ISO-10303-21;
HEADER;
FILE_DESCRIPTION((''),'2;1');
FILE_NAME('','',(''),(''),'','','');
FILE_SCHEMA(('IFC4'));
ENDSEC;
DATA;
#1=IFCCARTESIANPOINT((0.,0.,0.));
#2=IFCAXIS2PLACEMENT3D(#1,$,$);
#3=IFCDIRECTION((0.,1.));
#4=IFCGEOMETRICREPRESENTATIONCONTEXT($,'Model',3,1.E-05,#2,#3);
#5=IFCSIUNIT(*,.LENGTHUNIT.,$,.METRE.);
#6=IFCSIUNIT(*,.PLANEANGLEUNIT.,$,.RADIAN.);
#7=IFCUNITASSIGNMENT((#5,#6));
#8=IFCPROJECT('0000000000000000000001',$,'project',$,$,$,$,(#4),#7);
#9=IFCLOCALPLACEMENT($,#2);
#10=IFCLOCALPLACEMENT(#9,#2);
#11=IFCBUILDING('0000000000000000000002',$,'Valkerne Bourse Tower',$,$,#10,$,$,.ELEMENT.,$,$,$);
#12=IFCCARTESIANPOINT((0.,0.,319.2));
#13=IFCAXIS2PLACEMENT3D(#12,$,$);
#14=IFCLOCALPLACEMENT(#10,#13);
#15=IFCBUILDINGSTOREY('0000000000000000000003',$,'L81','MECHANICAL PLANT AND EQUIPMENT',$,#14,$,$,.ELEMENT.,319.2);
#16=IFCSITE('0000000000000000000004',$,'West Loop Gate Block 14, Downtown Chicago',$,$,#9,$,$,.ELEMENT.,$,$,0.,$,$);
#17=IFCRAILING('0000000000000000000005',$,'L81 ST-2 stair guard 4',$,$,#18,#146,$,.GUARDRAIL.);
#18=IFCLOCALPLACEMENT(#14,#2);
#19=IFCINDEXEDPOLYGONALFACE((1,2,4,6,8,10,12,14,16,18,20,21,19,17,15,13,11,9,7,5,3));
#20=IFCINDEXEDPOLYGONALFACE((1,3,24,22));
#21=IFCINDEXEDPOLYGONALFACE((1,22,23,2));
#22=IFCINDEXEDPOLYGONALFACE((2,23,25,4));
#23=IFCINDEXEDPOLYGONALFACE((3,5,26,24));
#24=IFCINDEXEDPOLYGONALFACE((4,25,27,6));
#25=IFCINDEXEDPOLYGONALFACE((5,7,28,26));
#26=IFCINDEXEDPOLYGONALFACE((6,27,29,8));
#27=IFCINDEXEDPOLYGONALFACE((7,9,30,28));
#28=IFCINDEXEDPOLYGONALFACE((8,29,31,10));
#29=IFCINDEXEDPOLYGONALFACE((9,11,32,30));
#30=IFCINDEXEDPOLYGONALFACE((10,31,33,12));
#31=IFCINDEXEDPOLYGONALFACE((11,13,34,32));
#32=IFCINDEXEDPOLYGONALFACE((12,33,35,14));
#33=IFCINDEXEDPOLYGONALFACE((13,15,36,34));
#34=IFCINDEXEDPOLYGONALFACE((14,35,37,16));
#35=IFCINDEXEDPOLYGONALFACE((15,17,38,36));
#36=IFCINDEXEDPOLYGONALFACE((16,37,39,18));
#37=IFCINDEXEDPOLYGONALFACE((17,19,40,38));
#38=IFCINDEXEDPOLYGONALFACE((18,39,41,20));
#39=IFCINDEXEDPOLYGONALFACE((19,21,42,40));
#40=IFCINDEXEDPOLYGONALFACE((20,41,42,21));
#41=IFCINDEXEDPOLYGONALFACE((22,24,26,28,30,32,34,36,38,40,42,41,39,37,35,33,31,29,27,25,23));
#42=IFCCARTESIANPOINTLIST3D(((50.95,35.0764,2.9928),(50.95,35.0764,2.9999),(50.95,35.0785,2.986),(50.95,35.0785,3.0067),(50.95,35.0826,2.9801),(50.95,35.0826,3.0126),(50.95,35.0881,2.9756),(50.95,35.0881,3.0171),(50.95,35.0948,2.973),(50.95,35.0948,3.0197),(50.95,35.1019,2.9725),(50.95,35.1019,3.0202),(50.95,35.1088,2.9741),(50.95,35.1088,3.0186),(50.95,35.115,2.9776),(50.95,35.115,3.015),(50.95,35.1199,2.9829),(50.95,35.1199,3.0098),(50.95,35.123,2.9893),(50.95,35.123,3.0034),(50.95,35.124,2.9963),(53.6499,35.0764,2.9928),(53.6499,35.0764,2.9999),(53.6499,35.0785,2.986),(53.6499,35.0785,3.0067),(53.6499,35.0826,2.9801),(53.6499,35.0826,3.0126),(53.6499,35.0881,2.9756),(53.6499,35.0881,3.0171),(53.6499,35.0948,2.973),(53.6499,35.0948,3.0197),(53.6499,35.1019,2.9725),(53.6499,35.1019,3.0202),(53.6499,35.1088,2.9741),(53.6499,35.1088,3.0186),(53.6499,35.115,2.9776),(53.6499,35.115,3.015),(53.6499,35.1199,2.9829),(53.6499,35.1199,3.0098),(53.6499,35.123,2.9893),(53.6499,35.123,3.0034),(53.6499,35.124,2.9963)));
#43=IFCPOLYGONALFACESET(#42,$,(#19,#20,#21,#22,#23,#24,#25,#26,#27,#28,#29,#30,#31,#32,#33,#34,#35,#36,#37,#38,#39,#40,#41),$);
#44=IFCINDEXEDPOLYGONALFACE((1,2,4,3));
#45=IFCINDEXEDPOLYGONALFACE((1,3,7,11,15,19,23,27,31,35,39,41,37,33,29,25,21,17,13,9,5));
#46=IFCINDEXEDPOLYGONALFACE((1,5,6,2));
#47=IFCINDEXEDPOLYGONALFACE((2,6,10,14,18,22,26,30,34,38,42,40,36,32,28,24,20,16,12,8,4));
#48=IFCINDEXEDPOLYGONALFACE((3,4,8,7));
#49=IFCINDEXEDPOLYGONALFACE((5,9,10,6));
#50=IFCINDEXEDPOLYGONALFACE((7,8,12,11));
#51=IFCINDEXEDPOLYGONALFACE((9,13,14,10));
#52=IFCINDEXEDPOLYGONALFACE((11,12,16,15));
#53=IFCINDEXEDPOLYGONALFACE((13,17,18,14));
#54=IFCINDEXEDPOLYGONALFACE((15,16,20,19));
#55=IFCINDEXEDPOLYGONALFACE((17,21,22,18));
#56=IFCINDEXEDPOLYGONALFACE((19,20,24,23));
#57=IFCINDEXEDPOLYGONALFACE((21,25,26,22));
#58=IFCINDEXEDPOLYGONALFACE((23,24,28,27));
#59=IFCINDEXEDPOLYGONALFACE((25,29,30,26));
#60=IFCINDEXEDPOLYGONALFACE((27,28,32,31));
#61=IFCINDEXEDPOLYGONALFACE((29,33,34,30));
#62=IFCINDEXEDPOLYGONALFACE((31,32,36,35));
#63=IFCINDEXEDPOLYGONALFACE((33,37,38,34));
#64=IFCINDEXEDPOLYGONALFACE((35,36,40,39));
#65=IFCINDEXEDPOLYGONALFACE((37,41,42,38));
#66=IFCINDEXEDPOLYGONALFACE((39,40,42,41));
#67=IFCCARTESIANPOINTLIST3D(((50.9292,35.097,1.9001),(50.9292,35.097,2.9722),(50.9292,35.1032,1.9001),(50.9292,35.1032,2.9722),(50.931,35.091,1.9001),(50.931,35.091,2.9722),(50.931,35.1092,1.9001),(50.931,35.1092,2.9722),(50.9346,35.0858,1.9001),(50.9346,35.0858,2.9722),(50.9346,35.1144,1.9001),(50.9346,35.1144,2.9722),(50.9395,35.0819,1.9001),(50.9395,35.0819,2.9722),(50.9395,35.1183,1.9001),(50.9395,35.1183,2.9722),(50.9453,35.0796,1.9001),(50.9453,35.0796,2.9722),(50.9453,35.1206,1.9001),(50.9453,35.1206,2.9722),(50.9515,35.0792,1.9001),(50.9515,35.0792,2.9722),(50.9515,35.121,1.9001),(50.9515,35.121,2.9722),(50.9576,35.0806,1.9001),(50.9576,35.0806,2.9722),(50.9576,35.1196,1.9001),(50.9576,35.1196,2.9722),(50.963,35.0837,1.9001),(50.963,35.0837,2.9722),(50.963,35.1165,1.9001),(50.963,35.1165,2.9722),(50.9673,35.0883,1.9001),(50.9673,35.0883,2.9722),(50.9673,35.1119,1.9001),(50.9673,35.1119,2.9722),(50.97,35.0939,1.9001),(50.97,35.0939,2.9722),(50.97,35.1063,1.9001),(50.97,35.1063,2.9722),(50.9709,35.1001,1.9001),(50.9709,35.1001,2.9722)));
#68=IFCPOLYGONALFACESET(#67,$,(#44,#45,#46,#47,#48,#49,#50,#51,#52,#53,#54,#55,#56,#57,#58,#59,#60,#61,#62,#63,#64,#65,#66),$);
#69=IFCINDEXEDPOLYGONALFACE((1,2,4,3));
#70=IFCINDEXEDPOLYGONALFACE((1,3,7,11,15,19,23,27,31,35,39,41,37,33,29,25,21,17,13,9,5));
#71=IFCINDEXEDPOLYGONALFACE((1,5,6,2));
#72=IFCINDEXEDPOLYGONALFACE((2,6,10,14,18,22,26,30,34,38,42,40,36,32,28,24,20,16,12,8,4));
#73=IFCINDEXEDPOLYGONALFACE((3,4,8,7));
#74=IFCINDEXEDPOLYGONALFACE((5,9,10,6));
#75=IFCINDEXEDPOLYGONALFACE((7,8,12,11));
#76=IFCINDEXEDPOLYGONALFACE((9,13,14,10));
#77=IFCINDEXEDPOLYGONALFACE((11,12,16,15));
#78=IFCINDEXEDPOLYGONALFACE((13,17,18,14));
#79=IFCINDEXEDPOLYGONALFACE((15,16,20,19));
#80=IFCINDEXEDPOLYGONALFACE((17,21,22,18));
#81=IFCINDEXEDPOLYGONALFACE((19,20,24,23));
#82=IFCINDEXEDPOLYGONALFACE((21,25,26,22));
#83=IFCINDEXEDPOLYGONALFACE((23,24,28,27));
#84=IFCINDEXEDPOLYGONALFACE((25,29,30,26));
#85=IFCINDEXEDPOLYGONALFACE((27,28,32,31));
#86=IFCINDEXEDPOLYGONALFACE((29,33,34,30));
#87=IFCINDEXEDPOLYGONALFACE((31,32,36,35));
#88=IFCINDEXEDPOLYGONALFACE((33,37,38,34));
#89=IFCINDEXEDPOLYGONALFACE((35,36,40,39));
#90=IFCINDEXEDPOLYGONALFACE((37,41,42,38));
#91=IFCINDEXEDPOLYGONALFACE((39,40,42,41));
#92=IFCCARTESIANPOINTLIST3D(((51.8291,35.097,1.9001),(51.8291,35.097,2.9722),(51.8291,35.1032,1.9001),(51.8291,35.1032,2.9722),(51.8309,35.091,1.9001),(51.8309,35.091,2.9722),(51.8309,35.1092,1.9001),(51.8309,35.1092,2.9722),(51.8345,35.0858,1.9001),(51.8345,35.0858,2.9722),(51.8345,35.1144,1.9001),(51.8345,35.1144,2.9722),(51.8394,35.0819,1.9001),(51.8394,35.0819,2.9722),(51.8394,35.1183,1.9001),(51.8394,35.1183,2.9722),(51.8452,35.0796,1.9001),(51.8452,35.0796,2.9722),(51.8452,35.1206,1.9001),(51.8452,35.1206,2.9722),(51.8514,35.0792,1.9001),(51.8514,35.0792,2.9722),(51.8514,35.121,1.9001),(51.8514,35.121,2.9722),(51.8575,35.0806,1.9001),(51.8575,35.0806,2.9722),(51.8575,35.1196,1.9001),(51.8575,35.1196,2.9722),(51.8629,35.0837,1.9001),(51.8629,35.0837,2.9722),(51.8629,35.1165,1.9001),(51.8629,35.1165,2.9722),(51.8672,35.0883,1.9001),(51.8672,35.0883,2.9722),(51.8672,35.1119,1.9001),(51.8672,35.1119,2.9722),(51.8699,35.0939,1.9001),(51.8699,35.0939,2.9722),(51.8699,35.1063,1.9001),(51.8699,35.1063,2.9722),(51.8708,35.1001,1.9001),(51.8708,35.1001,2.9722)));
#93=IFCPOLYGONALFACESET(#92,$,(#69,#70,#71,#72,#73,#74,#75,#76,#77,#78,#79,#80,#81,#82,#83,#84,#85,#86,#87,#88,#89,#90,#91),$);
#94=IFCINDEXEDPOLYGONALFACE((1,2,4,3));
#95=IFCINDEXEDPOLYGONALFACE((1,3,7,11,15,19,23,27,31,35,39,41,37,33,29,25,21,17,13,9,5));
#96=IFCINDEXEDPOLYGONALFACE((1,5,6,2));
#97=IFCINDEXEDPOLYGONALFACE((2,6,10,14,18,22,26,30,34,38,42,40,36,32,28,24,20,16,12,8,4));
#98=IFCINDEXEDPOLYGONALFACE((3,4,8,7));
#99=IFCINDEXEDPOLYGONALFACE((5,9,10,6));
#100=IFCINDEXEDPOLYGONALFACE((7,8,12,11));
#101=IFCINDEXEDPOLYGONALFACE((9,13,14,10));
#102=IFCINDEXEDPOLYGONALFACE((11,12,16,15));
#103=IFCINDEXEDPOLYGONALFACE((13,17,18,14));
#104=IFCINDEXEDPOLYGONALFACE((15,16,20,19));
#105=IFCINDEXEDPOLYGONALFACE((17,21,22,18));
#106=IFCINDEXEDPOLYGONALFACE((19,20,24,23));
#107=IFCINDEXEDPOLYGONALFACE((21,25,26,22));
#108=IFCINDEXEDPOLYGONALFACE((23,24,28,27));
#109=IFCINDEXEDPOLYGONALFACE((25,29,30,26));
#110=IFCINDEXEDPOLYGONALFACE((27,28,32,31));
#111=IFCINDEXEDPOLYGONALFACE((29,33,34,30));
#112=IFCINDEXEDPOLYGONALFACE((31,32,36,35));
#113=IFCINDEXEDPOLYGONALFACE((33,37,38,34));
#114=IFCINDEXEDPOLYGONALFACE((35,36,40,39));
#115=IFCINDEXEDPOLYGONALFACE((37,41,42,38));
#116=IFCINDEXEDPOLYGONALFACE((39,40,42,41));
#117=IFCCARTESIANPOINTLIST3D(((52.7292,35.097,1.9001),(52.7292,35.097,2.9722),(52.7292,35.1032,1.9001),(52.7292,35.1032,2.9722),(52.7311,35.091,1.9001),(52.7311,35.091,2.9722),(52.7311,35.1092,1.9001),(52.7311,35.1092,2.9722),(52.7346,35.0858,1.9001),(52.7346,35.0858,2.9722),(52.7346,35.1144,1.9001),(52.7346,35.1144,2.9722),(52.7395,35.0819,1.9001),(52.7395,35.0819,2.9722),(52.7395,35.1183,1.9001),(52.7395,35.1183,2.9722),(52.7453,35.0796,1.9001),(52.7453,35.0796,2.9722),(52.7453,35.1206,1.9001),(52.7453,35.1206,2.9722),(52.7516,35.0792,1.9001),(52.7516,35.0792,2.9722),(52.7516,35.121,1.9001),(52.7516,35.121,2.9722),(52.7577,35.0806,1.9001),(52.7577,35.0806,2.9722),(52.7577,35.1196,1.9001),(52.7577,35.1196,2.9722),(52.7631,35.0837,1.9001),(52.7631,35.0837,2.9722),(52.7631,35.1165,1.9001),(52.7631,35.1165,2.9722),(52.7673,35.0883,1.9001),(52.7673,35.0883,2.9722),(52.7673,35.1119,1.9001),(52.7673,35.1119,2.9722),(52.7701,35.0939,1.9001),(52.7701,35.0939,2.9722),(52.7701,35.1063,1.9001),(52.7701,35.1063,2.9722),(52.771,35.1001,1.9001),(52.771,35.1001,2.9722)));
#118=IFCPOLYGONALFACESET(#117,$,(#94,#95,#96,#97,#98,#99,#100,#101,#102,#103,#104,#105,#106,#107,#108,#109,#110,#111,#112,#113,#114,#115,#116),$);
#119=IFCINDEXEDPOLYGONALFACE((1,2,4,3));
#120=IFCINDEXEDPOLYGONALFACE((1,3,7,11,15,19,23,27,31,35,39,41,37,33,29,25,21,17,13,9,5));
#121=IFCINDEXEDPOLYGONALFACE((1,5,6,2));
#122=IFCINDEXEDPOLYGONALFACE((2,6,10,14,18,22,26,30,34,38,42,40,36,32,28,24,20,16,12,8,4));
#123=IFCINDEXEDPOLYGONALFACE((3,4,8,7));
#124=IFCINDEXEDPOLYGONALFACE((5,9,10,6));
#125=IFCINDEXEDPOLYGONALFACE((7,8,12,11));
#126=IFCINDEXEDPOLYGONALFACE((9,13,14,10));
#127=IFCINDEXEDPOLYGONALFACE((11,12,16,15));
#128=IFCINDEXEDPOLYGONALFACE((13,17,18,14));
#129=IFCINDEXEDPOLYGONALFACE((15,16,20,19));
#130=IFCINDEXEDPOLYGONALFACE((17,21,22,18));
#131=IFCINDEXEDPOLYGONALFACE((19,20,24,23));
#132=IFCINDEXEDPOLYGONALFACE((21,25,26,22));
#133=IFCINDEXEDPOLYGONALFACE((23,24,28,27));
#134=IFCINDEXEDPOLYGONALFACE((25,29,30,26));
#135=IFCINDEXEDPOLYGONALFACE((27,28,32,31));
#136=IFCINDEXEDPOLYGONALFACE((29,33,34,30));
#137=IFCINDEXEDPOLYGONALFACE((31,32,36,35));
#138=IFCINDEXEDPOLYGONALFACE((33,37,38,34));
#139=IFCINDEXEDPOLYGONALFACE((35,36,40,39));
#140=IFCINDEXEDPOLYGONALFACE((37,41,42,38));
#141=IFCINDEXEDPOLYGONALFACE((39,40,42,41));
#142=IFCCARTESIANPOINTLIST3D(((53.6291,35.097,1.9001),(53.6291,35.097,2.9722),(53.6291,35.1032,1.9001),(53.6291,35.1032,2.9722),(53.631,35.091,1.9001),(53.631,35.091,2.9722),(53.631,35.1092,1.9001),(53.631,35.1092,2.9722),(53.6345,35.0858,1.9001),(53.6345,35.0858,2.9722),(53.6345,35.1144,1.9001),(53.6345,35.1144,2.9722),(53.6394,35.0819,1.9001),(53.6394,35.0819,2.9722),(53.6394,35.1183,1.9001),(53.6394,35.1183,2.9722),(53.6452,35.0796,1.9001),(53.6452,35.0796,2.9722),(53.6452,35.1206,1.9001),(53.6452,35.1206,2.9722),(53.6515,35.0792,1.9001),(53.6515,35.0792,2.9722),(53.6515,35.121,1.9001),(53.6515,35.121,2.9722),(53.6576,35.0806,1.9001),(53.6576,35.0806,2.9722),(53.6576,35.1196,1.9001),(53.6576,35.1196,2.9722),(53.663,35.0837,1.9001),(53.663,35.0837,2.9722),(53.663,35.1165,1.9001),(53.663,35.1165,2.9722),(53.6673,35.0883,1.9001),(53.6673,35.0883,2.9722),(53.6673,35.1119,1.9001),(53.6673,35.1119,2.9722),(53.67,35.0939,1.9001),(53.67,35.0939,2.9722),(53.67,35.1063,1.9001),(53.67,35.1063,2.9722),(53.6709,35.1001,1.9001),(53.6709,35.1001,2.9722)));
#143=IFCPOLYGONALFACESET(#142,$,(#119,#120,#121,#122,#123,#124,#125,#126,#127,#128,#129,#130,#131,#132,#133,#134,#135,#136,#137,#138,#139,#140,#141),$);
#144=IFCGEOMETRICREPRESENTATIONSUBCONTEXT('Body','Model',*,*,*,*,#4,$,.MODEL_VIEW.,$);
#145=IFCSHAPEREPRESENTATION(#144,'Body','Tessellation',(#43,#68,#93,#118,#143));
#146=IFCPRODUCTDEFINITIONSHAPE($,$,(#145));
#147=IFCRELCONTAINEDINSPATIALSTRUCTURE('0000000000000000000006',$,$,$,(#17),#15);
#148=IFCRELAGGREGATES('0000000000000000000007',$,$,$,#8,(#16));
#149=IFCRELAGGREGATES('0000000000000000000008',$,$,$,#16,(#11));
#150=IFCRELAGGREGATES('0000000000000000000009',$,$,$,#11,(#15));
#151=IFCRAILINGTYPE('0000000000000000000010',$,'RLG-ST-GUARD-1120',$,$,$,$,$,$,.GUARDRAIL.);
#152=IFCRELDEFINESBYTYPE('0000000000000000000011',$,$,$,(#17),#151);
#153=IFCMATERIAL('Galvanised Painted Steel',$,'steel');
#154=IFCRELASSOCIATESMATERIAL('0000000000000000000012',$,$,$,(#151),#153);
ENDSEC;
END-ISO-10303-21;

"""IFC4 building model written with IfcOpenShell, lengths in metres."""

from ifc_helpers import new_model, si_unit, direction, frame, origin, origin_2d, place, context, subcontext, project, spatial, circle, extrude, material, type_object, element, save


model = new_model("IFC4")

# Units and contexts
model_context = context("Model", 3, precision=1e-05, world=origin(), true_north=direction((0.0, 1.0)))
body_context = subcontext(model_context, "Body", "Model", "MODEL_VIEW")
ifc_project = project(units=[si_unit("LENGTHUNIT", "METRE"), si_unit("PLANEANGLEUNIT", "RADIAN")], contexts=[model_context])

# Site, building, storey
site_placement = place(None, origin())
site = spatial("IfcSite", under=ifc_project, at=site_placement, Name="West Loop Gate Block 14, Downtown Chicago", CompositionType="ELEMENT", RefElevation=0.0)
building_placement = place(site_placement, origin())
building = spatial("IfcBuilding", under=site, at=building_placement, Name="Valkerne Bourse Tower", CompositionType="ELEMENT")
storey_placement = place(building_placement, frame((0.0, 0.0, 319.2)))
storey = spatial("IfcBuildingStorey", under=building, at=storey_placement, Name="L81", Description="MECHANICAL PLANT AND EQUIPMENT", CompositionType="ELEMENT", Elevation=319.2)

# Shared definitions
ifc_material_1 = material(Name="Galvanised Painted Steel", Category="steel")

# Railing
railing_type_1 = type_object("IfcRailingType", Name="RLG-ST-GUARD-1120", PredefinedType="GUARDRAIL", material=ifc_material_1)
for number, where, name in (
    (1, (50.95, 35.1001, 1.9001), "L81 ST-2 stair guard 4"),
):
    element("IfcRailing", number, at=place(storey_placement, frame(where)), inside=storey, type_object=railing_type_1, Name=name, PredefinedType="GUARDRAIL", context=body_context, shape_type="SweptSolid", body=[
        extrude(circle(Radius=0.0239, at=origin_2d()), frame((0.0, 0.0, 1.0962), z_axis=(1.0, 0.0, 0.0), x_axis=(0.0, 1.0, 0.0)), (0.0, 0.0, 1.0), 2.7),
        extrude(circle(Radius=0.021, at=origin_2d()), origin(), (0.0, 0.0, 1.0), 1.072),
        extrude(circle(Radius=0.021, at=origin_2d()), frame((0.8999, 0.0, 0.0)), (0.0, 0.0, 1.0), 1.072),
        extrude(circle(Radius=0.021, at=origin_2d()), frame((1.8, 0.0, 0.0)), (0.0, 0.0, 1.0), 1.072),
        extrude(circle(Radius=0.021, at=origin_2d()), frame((2.7, 0.0, 0.0)), (0.0, 0.0, 1.0), 1.072),
    ])

save(model, "model.ifc")
